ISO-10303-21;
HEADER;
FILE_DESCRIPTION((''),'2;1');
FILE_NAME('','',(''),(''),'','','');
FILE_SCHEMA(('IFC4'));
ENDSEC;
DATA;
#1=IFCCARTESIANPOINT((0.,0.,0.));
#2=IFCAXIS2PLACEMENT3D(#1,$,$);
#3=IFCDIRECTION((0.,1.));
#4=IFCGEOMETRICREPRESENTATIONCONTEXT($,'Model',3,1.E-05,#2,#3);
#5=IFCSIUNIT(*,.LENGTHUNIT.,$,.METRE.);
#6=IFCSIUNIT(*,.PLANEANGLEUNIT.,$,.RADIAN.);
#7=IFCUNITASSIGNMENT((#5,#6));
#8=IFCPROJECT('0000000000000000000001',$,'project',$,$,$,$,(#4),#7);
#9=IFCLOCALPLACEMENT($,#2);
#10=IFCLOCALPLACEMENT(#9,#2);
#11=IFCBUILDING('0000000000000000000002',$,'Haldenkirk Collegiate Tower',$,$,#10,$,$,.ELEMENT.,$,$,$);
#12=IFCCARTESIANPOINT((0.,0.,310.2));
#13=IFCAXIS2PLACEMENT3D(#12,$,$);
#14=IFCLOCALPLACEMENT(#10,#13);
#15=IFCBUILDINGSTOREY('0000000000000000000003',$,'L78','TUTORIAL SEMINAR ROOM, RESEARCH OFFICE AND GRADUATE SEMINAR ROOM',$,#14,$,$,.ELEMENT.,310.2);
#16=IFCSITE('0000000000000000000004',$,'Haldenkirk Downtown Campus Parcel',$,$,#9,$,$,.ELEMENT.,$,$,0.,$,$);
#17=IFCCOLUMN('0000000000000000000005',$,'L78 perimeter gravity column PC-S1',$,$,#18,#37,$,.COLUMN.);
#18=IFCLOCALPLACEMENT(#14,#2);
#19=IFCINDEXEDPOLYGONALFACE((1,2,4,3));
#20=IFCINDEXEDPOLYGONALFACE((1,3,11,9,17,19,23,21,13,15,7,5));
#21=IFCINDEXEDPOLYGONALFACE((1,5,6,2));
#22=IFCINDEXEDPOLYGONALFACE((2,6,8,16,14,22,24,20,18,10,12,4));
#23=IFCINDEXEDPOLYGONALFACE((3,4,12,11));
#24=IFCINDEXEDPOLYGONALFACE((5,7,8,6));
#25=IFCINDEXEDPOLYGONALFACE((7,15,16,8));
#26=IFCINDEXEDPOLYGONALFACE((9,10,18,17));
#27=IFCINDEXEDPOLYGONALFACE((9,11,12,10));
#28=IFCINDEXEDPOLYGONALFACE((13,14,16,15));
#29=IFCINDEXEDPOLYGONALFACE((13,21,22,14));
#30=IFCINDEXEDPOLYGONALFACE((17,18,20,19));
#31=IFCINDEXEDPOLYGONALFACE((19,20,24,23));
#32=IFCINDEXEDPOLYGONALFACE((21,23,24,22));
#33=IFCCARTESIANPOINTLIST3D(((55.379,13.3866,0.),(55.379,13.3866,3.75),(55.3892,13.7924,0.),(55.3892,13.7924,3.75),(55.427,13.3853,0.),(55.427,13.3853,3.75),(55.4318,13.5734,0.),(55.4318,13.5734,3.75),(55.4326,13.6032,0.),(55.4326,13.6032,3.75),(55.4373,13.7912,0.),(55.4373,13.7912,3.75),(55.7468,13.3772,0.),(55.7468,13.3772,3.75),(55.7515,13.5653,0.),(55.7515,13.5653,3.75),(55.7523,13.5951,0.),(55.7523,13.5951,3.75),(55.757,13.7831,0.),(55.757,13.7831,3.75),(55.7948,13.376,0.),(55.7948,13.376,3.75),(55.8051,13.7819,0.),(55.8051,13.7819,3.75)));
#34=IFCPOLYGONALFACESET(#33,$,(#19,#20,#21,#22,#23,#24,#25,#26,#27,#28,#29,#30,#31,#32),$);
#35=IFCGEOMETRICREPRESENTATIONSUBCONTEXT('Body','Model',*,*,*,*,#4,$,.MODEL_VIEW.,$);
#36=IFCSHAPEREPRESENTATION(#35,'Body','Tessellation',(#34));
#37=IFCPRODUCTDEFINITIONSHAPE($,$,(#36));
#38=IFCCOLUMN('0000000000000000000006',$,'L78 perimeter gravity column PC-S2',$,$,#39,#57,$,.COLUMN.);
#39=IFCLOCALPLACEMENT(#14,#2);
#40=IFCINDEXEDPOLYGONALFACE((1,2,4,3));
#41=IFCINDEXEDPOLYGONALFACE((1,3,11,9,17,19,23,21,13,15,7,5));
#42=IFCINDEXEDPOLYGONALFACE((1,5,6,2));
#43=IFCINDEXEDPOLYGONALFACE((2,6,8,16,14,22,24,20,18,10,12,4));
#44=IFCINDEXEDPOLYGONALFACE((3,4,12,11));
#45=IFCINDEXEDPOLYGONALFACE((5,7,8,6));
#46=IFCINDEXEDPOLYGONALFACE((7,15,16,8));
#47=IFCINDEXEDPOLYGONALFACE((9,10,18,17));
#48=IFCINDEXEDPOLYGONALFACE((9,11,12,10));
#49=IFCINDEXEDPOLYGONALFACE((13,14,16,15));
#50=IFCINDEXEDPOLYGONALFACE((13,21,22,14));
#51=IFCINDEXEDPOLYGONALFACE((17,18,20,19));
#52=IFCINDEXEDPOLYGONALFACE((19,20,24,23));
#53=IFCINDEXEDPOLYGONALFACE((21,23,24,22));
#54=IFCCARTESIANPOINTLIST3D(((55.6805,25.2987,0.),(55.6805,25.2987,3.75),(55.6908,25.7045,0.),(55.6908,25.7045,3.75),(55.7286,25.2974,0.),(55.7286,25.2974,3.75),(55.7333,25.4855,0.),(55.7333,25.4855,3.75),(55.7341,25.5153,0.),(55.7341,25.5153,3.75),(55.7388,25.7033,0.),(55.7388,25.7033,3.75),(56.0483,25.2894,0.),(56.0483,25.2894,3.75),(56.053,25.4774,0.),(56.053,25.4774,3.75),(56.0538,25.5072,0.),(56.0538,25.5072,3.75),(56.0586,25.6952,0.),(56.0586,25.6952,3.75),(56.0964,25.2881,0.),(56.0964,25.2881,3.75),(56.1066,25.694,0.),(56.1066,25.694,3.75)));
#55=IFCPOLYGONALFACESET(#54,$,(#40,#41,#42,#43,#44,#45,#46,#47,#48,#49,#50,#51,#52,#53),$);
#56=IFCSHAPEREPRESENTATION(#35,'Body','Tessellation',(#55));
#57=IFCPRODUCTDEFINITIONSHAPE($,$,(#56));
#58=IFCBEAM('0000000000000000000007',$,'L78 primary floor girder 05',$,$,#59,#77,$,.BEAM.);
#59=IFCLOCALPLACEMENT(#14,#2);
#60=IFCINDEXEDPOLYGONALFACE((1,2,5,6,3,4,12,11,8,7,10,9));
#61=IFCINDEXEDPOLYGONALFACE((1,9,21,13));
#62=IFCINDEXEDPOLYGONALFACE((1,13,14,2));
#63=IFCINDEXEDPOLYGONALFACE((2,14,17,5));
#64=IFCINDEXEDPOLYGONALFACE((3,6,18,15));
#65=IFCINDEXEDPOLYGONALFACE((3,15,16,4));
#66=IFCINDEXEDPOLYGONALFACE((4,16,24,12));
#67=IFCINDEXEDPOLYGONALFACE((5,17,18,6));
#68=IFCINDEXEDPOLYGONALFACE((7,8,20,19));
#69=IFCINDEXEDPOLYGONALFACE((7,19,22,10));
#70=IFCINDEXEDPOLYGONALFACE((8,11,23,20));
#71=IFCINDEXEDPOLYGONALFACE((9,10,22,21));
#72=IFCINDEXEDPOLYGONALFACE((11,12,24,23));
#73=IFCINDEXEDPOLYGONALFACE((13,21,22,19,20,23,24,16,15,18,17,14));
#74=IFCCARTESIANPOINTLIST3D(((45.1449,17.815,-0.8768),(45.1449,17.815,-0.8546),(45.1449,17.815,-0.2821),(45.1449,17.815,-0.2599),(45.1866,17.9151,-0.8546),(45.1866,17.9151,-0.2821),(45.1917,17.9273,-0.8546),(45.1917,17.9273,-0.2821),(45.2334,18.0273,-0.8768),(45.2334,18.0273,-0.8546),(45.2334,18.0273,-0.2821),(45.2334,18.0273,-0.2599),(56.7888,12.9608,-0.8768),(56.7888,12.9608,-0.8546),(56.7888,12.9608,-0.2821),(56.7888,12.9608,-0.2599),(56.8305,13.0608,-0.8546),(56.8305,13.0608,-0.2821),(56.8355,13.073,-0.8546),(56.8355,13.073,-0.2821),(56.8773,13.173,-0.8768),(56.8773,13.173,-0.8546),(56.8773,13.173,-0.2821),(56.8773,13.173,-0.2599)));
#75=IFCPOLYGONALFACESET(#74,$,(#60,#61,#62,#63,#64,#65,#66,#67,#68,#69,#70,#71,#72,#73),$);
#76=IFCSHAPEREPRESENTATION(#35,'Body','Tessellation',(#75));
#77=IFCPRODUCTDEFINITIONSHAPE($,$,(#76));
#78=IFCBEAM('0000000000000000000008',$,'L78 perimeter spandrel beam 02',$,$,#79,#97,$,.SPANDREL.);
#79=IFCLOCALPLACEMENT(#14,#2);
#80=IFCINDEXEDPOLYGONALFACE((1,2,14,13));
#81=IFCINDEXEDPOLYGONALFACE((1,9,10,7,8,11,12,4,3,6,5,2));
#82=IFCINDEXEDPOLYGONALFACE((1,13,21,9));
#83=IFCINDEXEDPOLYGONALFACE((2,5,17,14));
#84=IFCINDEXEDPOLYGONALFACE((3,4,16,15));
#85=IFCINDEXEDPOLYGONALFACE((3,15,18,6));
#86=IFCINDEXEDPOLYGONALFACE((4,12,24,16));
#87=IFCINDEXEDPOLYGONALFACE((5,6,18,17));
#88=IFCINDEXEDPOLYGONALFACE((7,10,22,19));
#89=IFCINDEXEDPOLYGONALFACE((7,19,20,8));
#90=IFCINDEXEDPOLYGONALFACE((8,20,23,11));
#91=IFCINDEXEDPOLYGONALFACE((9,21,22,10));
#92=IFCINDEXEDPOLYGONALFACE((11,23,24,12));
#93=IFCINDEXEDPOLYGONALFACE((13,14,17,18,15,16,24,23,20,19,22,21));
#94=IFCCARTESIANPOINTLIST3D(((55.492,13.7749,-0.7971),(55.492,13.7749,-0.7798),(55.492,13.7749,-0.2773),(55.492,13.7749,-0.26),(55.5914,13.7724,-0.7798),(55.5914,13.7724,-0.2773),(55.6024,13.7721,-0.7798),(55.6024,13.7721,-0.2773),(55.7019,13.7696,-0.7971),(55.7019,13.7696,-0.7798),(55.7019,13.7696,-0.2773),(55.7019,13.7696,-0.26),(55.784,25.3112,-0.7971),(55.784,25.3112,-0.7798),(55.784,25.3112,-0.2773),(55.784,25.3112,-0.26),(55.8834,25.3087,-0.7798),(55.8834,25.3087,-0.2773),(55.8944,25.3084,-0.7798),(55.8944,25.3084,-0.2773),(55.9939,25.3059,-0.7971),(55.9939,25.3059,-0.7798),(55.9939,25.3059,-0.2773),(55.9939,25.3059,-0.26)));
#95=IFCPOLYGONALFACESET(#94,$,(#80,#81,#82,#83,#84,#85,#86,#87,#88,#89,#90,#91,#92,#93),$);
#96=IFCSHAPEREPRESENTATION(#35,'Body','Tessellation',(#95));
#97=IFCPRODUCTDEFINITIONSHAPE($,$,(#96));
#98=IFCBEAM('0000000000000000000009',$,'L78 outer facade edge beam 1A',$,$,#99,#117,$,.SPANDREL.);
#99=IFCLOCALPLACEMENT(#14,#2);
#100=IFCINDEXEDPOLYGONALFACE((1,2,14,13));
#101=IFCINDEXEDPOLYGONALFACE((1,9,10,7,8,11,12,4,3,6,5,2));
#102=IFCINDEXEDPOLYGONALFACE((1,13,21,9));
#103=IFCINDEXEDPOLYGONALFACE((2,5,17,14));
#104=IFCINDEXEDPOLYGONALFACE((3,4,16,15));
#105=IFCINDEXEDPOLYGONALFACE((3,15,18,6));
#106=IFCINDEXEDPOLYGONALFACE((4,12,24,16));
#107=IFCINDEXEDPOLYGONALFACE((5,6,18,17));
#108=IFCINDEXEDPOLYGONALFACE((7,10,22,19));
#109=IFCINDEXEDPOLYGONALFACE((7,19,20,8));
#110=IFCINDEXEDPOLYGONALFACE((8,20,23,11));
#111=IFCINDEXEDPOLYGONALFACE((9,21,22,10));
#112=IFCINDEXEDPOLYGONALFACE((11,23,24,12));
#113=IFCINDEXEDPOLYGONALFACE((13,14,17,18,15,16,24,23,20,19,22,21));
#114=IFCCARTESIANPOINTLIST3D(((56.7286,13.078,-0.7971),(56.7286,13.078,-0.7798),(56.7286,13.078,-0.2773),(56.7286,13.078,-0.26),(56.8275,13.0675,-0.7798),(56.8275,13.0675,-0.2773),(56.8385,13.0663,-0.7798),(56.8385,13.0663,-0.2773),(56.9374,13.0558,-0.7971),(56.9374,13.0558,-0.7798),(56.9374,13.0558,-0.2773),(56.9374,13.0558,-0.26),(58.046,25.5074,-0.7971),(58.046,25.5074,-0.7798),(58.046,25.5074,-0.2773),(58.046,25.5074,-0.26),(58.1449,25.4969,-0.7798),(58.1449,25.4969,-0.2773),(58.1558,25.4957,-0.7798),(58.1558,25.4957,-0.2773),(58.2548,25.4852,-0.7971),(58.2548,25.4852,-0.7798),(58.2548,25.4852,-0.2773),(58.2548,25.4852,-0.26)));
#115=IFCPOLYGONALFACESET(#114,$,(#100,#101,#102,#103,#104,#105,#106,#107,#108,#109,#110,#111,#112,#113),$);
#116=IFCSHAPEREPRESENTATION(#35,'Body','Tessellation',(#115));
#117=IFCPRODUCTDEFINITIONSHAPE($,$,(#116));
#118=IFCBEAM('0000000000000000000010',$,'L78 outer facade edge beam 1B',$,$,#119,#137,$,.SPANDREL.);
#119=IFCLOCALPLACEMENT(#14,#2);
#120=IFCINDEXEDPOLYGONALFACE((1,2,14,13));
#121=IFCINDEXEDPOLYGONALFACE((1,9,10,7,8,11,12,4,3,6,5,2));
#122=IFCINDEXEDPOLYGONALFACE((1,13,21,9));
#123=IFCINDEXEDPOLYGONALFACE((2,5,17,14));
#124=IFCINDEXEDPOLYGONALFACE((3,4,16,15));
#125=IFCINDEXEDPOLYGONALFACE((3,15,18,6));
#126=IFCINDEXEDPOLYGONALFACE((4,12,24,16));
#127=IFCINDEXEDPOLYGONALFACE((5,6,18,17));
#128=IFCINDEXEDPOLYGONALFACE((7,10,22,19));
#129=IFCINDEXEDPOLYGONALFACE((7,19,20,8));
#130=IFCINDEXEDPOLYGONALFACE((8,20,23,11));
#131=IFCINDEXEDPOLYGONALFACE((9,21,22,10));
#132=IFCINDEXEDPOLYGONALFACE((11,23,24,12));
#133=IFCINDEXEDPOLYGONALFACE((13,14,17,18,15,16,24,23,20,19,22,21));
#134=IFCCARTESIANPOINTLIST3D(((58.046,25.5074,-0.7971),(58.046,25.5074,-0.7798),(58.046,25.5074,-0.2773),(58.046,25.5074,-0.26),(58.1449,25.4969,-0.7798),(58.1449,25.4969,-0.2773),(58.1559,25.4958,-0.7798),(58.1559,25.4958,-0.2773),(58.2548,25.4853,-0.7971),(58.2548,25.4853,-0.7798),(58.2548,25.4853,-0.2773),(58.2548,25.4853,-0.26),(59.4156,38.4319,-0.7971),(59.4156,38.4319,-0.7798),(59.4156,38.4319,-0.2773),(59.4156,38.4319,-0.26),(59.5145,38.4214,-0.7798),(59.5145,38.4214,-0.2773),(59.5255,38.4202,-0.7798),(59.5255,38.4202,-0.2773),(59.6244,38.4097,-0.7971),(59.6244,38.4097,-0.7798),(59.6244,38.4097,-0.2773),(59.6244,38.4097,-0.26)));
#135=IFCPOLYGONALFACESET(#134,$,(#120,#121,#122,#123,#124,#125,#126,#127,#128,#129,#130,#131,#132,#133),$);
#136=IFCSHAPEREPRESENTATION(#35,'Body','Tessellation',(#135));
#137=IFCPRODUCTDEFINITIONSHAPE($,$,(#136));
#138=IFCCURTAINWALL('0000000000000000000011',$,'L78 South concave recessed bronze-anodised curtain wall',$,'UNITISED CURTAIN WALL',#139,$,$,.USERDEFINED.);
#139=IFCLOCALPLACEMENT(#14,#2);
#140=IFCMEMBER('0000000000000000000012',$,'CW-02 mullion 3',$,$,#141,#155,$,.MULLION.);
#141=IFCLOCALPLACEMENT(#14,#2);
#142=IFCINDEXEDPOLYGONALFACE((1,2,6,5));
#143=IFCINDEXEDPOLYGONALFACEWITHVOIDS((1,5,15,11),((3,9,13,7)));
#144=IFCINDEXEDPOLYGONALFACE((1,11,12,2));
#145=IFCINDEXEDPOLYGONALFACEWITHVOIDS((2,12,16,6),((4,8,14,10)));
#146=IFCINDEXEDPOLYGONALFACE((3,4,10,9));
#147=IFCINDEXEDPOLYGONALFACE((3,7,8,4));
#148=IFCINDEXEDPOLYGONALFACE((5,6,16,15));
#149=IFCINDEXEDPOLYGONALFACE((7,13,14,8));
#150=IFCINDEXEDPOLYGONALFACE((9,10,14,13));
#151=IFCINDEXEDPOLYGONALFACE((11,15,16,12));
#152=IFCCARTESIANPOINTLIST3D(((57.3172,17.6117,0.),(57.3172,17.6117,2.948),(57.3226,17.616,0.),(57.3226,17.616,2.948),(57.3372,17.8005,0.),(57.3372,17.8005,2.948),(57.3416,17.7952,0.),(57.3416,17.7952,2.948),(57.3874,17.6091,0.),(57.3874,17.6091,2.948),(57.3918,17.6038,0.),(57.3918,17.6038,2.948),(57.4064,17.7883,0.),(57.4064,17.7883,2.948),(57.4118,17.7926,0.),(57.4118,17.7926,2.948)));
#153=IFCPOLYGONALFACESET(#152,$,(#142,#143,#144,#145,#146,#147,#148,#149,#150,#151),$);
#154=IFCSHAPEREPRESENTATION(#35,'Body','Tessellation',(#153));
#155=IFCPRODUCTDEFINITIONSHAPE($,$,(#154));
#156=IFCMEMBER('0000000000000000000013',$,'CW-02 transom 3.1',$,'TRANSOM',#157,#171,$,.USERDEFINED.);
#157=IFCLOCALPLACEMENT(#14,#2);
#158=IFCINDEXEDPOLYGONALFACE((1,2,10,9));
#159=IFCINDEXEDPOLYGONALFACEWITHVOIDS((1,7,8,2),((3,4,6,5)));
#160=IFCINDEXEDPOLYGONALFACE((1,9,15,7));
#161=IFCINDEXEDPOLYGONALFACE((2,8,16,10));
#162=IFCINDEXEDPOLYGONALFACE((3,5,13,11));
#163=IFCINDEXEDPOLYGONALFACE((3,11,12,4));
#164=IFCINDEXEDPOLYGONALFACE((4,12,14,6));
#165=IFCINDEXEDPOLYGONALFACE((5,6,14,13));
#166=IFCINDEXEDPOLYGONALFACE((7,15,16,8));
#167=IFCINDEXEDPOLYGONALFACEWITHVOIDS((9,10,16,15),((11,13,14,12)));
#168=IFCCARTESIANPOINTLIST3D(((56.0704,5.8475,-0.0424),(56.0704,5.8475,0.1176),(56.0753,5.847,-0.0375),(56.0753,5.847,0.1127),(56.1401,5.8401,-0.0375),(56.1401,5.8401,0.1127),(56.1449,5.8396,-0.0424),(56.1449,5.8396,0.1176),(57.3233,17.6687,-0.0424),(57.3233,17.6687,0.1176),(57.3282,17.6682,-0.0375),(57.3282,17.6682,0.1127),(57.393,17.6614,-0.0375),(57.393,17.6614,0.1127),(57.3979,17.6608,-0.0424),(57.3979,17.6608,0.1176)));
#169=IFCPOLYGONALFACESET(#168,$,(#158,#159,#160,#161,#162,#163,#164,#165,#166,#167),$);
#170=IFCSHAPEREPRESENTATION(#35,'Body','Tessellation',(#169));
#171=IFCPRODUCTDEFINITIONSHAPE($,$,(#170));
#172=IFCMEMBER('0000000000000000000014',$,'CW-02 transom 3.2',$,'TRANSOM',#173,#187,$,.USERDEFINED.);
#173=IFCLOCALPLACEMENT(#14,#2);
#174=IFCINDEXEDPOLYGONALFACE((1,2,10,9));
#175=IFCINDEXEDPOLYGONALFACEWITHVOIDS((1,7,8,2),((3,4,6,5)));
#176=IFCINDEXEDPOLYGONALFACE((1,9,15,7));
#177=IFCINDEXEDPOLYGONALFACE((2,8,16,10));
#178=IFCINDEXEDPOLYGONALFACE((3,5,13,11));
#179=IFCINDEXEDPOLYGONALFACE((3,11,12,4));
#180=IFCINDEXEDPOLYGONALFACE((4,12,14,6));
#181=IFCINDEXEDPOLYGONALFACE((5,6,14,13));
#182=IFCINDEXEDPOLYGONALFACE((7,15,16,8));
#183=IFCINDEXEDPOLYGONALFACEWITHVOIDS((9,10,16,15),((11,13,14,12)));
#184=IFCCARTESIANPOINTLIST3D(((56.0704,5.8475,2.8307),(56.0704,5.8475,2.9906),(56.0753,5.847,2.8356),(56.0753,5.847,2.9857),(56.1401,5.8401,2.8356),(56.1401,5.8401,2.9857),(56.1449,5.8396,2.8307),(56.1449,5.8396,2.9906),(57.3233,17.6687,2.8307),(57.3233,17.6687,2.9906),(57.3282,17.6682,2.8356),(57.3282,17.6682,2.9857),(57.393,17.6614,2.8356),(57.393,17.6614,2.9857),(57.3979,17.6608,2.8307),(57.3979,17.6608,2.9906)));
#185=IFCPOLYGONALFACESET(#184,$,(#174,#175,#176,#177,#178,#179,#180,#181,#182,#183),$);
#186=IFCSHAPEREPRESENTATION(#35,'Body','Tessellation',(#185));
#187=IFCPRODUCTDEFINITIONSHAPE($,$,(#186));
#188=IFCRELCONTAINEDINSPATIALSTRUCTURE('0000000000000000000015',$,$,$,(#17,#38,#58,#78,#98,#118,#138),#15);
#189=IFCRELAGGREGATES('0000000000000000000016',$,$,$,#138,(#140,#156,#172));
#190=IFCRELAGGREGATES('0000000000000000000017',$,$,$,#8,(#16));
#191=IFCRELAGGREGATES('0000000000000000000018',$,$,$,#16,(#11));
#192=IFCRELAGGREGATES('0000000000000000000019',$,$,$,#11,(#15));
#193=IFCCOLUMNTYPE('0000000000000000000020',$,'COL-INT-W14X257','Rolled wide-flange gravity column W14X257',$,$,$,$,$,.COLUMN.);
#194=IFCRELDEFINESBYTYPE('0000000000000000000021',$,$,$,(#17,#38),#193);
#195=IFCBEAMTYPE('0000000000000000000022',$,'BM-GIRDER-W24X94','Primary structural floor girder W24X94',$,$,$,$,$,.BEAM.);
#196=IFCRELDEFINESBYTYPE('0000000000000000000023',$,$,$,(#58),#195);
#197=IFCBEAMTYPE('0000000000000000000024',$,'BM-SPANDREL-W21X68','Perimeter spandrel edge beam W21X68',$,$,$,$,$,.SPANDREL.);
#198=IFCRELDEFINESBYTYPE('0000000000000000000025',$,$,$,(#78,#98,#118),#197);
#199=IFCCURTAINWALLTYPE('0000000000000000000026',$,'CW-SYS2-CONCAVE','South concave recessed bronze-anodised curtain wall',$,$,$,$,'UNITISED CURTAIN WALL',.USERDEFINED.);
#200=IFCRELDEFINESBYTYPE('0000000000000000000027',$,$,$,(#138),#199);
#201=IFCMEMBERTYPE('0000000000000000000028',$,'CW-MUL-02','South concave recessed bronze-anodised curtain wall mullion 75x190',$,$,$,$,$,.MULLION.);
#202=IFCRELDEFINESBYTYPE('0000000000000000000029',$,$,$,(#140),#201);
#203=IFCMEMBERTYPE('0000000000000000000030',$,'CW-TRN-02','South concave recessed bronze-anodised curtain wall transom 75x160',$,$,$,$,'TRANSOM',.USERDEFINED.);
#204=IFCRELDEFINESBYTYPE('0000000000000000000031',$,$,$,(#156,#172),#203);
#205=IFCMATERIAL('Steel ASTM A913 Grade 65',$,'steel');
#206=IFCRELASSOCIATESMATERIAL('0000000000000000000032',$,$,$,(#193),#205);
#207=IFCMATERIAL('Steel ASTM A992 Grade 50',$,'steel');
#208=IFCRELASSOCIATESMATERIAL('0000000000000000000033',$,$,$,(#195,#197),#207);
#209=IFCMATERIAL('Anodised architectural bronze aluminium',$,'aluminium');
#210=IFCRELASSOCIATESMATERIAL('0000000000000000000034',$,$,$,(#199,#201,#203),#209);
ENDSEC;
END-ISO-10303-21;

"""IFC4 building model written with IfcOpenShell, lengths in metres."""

from ifc_helpers import new_model, si_unit, direction, frame, origin, origin_2d, place, context, subcontext, project, spatial, hollow_rectangle, i_section, extrude, material, material_profile, profile_set, type_object, element, aggregate, save


model = new_model("IFC4")

# Units and contexts
model_context = context("Model", 3, precision=1e-05, world=origin(), true_north=direction((0.0, 1.0)))
body_context = subcontext(model_context, "Body", "Model", "MODEL_VIEW")
ifc_project = project(units=[si_unit("LENGTHUNIT", "METRE"), si_unit("PLANEANGLEUNIT", "RADIAN")], contexts=[model_context])

# Site, building, storey
site_placement = place(None, origin())
site = spatial("IfcSite", under=ifc_project, at=site_placement, Name="Haldenkirk Downtown Campus Parcel", CompositionType="ELEMENT", RefElevation=0.0)
building_placement = place(site_placement, origin())
building = spatial("IfcBuilding", under=site, at=building_placement, Name="Haldenkirk Collegiate Tower", CompositionType="ELEMENT")
storey_placement = place(building_placement, frame((0.0, 0.0, 310.2)))
storey = spatial("IfcBuildingStorey", under=building, at=storey_placement, Name="L78", Description="TUTORIAL SEMINAR ROOM, RESEARCH OFFICE AND GRADUATE SEMINAR ROOM", CompositionType="ELEMENT", Elevation=310.2)

# Columns
ifc_material_1 = material(Name="Steel ASTM A913 Grade 65", Category="steel")
ifc_material_profile_1 = material_profile(ifc_material_1, i_section(OverallWidth=0.406, OverallDepth=0.416, WebThickness=0.0298, FlangeThickness=0.0481, at=origin_2d()), Name="W14X257")
ifc_profile_set_1 = profile_set([ifc_material_profile_1], Name="Steel ASTM A913 Grade 65")
column_type = type_object("IfcColumnType", Name="COL-INT-W14X257", Description="Rolled wide-flange gravity column W14X257", PredefinedType="COLUMN", material=ifc_profile_set_1)
for number, where, z_axis, x_axis, name in (
    (1, (55.592, 13.5842, 0.0), (0.0, 0.0, 1.0), (0.025305, 0.99968, 0.0), "L78 perimeter gravity column PC-S1"),
    (2, (55.8936, 25.4963, 0.0), (0.0, 0.0, 1.0), (0.025305, 0.99968, 0.0), "L78 perimeter gravity column PC-S2"),
):
    element("IfcColumn", number, at=place(storey_placement, frame(where, z_axis=z_axis, x_axis=x_axis)), inside=storey, type_object=column_type, Name=name, PredefinedType="COLUMN", context=body_context, shape_type="SweptSolid", body=[
        extrude(i_section(OverallWidth=0.406, OverallDepth=0.416, WebThickness=0.0298, FlangeThickness=0.0481, at=origin_2d()), origin(), (0.0, 0.0, 1.0), 3.75),
    ])

# Beams
ifc_material_2 = material(Name="Steel ASTM A992 Grade 50", Category="steel")
ifc_material_profile_2 = material_profile(ifc_material_2, i_section(OverallWidth=0.23, OverallDepth=0.6169, WebThickness=0.0132, FlangeThickness=0.0222, at=origin_2d()), Name="W24X94")
ifc_profile_set_2 = profile_set([ifc_material_profile_2], Name="Steel ASTM A992 Grade 50")
beam_type_1 = type_object("IfcBeamType", Name="BM-GIRDER-W24X94", Description="Primary structural floor girder W24X94", PredefinedType="BEAM", material=ifc_profile_set_2)
beam_1_placement = place(storey_placement, frame((56.833, 13.0669, -0.5684), z_axis=(-0.923002, 0.384795, 0.0), x_axis=(-0.384795, -0.923002, 0.0)))
element("IfcBeam", 3, at=beam_1_placement, inside=storey, type_object=beam_type_1, Name="L78 primary floor girder 05", PredefinedType="BEAM", context=body_context, shape_type="SweptSolid", body=[
    extrude(i_section(OverallWidth=0.23, OverallDepth=0.6169, WebThickness=0.0132, FlangeThickness=0.0222, at=origin_2d()), origin(), (0.0, 0.0, 1.0), 12.6152),
])
ifc_material_profile_3 = material_profile(ifc_material_2, i_section(OverallWidth=0.21, OverallDepth=0.5371, WebThickness=0.011, FlangeThickness=0.0173, at=origin_2d()), Name="W21X68")
ifc_profile_set_3 = profile_set([ifc_material_profile_3], Name="Steel ASTM A992 Grade 50")
beam_type_2 = type_object("IfcBeamType", Name="BM-SPANDREL-W21X68", Description="Perimeter spandrel edge beam W21X68", PredefinedType="SPANDREL", material=ifc_profile_set_3)
beam_2_placement = place(storey_placement, frame((55.5969, 13.7722, -0.5286), z_axis=(0.025302, 0.99968, 0.0), x_axis=(-0.99968, 0.025302, 0.0)))
element("IfcBeam", 4, at=beam_2_placement, inside=storey, type_object=beam_type_2, Name="L78 perimeter spandrel beam 02", PredefinedType="SPANDREL", context=body_context, shape_type="SweptSolid", body=[
    extrude(i_section(OverallWidth=0.21, OverallDepth=0.5371, WebThickness=0.011, FlangeThickness=0.0173, at=origin_2d()), origin(), (0.0, 0.0, 1.0), 11.54),
])
beam_3_placement = place(storey_placement, frame((56.833, 13.0669, -0.5286), z_axis=(0.105399, 0.99443, 0.0), x_axis=(-0.99443, 0.105399, 0.0)))
element("IfcBeam", 5, at=beam_3_placement, inside=storey, type_object=beam_type_2, Name="L78 outer facade edge beam 1A", PredefinedType="SPANDREL", context=body_context, shape_type="SweptSolid", body=[
    extrude(i_section(OverallWidth=0.21, OverallDepth=0.5371, WebThickness=0.011, FlangeThickness=0.0173, at=origin_2d()), origin(), (0.0, 0.0, 1.0), 12.499),
])
beam_4_placement = place(storey_placement, frame((58.1504, 25.4963, -0.5286), z_axis=(0.105381, 0.994432, 0.0), x_axis=(-0.994432, 0.105381, 0.0)))
element("IfcBeam", 6, at=beam_4_placement, inside=storey, type_object=beam_type_2, Name="L78 outer facade edge beam 1B", PredefinedType="SPANDREL", context=body_context, shape_type="SweptSolid", body=[
    extrude(i_section(OverallWidth=0.21, OverallDepth=0.5371, WebThickness=0.011, FlangeThickness=0.0173, at=origin_2d()), origin(), (0.0, 0.0, 1.0), 12.9968),
])

# Curtain wall, members
ifc_material_3 = material(Name="Anodised architectural bronze aluminium", Category="aluminium")
curtain_wall_type = type_object("IfcCurtainWallType", Name="CW-SYS2-CONCAVE", Description="South concave recessed bronze-anodised curtain wall", ElementType="UNITISED CURTAIN WALL", PredefinedType="USERDEFINED", material=ifc_material_3)
curtain_wall_placement = place(storey_placement, origin())
curtain_wall = element("IfcCurtainWall", 7, at=curtain_wall_placement, inside=storey, type_object=curtain_wall_type, Name="L78 South concave recessed bronze-anodised curtain wall", ObjectType="UNITISED CURTAIN WALL", PredefinedType="USERDEFINED")
ifc_material_profile_4 = material_profile(ifc_material_3, hollow_rectangle(XDim=0.075, YDim=0.1899, WallThickness=0.0049, at=origin_2d()), Name="CW-MUL-02")
ifc_profile_set_4 = profile_set([ifc_material_profile_4], Name="Anodised architectural bronze aluminium")
member_type_1 = type_object("IfcMemberType", Name="CW-MUL-02", Description="South concave recessed bronze-anodised curtain wall mullion 75x190", PredefinedType="MULLION", material=ifc_profile_set_4)
member_1_placement = place(storey_placement, frame((57.3645, 17.7021, 0.0), z_axis=(0.0, 0.0, 1.0), x_axis=(0.99443, -0.105394, 0.0)))
member_1 = element("IfcMember", 8, at=member_1_placement, type_object=member_type_1, Name="CW-02 mullion 3", PredefinedType="MULLION", context=body_context, shape_type="SweptSolid", body=[
    extrude(hollow_rectangle(XDim=0.075, YDim=0.1899, WallThickness=0.0049, at=origin_2d()), origin(), (0.0, 0.0, 1.0), 2.948),
])
ifc_material_profile_5 = material_profile(ifc_material_3, hollow_rectangle(XDim=0.075, YDim=0.1599, WallThickness=0.0049, at=origin_2d()), Name="CW-TRN-02")
ifc_profile_set_5 = profile_set([ifc_material_profile_5], Name="Anodised architectural bronze aluminium")
member_type_2 = type_object("IfcMemberType", Name="CW-TRN-02", Description="South concave recessed bronze-anodised curtain wall transom 75x160", ElementType="TRANSOM", PredefinedType="USERDEFINED", material=ifc_profile_set_5)
member_2_placement = place(storey_placement, frame((57.3606, 17.6648, 0.0376), z_axis=(-0.105399, -0.99443, 0.0), x_axis=(0.99443, -0.105399, 0.0)))
member_2 = element("IfcMember", 9, at=member_2_placement, type_object=member_type_2, Name="CW-02 transom 3.1", ObjectType="TRANSOM", PredefinedType="USERDEFINED", context=body_context, shape_type="SweptSolid", body=[
    extrude(hollow_rectangle(XDim=0.075, YDim=0.1599, WallThickness=0.0049, at=origin_2d()), origin(), (0.0, 0.0, 1.0), 11.8875),
])
member_3_placement = place(storey_placement, frame((57.3606, 17.6648, 2.9106), z_axis=(-0.105399, -0.99443, 0.0), x_axis=(0.99443, -0.105399, 0.0)))
member_3 = element("IfcMember", 10, at=member_3_placement, type_object=member_type_2, Name="CW-02 transom 3.2", ObjectType="TRANSOM", PredefinedType="USERDEFINED", context=body_context, shape_type="SweptSolid", body=[
    extrude(hollow_rectangle(XDim=0.075, YDim=0.1599, WallThickness=0.0049, at=origin_2d()), origin(), (0.0, 0.0, 1.0), 11.8875),
])
aggregate(curtain_wall, [member_1, member_2, member_3])

save(model, "model.ifc")
